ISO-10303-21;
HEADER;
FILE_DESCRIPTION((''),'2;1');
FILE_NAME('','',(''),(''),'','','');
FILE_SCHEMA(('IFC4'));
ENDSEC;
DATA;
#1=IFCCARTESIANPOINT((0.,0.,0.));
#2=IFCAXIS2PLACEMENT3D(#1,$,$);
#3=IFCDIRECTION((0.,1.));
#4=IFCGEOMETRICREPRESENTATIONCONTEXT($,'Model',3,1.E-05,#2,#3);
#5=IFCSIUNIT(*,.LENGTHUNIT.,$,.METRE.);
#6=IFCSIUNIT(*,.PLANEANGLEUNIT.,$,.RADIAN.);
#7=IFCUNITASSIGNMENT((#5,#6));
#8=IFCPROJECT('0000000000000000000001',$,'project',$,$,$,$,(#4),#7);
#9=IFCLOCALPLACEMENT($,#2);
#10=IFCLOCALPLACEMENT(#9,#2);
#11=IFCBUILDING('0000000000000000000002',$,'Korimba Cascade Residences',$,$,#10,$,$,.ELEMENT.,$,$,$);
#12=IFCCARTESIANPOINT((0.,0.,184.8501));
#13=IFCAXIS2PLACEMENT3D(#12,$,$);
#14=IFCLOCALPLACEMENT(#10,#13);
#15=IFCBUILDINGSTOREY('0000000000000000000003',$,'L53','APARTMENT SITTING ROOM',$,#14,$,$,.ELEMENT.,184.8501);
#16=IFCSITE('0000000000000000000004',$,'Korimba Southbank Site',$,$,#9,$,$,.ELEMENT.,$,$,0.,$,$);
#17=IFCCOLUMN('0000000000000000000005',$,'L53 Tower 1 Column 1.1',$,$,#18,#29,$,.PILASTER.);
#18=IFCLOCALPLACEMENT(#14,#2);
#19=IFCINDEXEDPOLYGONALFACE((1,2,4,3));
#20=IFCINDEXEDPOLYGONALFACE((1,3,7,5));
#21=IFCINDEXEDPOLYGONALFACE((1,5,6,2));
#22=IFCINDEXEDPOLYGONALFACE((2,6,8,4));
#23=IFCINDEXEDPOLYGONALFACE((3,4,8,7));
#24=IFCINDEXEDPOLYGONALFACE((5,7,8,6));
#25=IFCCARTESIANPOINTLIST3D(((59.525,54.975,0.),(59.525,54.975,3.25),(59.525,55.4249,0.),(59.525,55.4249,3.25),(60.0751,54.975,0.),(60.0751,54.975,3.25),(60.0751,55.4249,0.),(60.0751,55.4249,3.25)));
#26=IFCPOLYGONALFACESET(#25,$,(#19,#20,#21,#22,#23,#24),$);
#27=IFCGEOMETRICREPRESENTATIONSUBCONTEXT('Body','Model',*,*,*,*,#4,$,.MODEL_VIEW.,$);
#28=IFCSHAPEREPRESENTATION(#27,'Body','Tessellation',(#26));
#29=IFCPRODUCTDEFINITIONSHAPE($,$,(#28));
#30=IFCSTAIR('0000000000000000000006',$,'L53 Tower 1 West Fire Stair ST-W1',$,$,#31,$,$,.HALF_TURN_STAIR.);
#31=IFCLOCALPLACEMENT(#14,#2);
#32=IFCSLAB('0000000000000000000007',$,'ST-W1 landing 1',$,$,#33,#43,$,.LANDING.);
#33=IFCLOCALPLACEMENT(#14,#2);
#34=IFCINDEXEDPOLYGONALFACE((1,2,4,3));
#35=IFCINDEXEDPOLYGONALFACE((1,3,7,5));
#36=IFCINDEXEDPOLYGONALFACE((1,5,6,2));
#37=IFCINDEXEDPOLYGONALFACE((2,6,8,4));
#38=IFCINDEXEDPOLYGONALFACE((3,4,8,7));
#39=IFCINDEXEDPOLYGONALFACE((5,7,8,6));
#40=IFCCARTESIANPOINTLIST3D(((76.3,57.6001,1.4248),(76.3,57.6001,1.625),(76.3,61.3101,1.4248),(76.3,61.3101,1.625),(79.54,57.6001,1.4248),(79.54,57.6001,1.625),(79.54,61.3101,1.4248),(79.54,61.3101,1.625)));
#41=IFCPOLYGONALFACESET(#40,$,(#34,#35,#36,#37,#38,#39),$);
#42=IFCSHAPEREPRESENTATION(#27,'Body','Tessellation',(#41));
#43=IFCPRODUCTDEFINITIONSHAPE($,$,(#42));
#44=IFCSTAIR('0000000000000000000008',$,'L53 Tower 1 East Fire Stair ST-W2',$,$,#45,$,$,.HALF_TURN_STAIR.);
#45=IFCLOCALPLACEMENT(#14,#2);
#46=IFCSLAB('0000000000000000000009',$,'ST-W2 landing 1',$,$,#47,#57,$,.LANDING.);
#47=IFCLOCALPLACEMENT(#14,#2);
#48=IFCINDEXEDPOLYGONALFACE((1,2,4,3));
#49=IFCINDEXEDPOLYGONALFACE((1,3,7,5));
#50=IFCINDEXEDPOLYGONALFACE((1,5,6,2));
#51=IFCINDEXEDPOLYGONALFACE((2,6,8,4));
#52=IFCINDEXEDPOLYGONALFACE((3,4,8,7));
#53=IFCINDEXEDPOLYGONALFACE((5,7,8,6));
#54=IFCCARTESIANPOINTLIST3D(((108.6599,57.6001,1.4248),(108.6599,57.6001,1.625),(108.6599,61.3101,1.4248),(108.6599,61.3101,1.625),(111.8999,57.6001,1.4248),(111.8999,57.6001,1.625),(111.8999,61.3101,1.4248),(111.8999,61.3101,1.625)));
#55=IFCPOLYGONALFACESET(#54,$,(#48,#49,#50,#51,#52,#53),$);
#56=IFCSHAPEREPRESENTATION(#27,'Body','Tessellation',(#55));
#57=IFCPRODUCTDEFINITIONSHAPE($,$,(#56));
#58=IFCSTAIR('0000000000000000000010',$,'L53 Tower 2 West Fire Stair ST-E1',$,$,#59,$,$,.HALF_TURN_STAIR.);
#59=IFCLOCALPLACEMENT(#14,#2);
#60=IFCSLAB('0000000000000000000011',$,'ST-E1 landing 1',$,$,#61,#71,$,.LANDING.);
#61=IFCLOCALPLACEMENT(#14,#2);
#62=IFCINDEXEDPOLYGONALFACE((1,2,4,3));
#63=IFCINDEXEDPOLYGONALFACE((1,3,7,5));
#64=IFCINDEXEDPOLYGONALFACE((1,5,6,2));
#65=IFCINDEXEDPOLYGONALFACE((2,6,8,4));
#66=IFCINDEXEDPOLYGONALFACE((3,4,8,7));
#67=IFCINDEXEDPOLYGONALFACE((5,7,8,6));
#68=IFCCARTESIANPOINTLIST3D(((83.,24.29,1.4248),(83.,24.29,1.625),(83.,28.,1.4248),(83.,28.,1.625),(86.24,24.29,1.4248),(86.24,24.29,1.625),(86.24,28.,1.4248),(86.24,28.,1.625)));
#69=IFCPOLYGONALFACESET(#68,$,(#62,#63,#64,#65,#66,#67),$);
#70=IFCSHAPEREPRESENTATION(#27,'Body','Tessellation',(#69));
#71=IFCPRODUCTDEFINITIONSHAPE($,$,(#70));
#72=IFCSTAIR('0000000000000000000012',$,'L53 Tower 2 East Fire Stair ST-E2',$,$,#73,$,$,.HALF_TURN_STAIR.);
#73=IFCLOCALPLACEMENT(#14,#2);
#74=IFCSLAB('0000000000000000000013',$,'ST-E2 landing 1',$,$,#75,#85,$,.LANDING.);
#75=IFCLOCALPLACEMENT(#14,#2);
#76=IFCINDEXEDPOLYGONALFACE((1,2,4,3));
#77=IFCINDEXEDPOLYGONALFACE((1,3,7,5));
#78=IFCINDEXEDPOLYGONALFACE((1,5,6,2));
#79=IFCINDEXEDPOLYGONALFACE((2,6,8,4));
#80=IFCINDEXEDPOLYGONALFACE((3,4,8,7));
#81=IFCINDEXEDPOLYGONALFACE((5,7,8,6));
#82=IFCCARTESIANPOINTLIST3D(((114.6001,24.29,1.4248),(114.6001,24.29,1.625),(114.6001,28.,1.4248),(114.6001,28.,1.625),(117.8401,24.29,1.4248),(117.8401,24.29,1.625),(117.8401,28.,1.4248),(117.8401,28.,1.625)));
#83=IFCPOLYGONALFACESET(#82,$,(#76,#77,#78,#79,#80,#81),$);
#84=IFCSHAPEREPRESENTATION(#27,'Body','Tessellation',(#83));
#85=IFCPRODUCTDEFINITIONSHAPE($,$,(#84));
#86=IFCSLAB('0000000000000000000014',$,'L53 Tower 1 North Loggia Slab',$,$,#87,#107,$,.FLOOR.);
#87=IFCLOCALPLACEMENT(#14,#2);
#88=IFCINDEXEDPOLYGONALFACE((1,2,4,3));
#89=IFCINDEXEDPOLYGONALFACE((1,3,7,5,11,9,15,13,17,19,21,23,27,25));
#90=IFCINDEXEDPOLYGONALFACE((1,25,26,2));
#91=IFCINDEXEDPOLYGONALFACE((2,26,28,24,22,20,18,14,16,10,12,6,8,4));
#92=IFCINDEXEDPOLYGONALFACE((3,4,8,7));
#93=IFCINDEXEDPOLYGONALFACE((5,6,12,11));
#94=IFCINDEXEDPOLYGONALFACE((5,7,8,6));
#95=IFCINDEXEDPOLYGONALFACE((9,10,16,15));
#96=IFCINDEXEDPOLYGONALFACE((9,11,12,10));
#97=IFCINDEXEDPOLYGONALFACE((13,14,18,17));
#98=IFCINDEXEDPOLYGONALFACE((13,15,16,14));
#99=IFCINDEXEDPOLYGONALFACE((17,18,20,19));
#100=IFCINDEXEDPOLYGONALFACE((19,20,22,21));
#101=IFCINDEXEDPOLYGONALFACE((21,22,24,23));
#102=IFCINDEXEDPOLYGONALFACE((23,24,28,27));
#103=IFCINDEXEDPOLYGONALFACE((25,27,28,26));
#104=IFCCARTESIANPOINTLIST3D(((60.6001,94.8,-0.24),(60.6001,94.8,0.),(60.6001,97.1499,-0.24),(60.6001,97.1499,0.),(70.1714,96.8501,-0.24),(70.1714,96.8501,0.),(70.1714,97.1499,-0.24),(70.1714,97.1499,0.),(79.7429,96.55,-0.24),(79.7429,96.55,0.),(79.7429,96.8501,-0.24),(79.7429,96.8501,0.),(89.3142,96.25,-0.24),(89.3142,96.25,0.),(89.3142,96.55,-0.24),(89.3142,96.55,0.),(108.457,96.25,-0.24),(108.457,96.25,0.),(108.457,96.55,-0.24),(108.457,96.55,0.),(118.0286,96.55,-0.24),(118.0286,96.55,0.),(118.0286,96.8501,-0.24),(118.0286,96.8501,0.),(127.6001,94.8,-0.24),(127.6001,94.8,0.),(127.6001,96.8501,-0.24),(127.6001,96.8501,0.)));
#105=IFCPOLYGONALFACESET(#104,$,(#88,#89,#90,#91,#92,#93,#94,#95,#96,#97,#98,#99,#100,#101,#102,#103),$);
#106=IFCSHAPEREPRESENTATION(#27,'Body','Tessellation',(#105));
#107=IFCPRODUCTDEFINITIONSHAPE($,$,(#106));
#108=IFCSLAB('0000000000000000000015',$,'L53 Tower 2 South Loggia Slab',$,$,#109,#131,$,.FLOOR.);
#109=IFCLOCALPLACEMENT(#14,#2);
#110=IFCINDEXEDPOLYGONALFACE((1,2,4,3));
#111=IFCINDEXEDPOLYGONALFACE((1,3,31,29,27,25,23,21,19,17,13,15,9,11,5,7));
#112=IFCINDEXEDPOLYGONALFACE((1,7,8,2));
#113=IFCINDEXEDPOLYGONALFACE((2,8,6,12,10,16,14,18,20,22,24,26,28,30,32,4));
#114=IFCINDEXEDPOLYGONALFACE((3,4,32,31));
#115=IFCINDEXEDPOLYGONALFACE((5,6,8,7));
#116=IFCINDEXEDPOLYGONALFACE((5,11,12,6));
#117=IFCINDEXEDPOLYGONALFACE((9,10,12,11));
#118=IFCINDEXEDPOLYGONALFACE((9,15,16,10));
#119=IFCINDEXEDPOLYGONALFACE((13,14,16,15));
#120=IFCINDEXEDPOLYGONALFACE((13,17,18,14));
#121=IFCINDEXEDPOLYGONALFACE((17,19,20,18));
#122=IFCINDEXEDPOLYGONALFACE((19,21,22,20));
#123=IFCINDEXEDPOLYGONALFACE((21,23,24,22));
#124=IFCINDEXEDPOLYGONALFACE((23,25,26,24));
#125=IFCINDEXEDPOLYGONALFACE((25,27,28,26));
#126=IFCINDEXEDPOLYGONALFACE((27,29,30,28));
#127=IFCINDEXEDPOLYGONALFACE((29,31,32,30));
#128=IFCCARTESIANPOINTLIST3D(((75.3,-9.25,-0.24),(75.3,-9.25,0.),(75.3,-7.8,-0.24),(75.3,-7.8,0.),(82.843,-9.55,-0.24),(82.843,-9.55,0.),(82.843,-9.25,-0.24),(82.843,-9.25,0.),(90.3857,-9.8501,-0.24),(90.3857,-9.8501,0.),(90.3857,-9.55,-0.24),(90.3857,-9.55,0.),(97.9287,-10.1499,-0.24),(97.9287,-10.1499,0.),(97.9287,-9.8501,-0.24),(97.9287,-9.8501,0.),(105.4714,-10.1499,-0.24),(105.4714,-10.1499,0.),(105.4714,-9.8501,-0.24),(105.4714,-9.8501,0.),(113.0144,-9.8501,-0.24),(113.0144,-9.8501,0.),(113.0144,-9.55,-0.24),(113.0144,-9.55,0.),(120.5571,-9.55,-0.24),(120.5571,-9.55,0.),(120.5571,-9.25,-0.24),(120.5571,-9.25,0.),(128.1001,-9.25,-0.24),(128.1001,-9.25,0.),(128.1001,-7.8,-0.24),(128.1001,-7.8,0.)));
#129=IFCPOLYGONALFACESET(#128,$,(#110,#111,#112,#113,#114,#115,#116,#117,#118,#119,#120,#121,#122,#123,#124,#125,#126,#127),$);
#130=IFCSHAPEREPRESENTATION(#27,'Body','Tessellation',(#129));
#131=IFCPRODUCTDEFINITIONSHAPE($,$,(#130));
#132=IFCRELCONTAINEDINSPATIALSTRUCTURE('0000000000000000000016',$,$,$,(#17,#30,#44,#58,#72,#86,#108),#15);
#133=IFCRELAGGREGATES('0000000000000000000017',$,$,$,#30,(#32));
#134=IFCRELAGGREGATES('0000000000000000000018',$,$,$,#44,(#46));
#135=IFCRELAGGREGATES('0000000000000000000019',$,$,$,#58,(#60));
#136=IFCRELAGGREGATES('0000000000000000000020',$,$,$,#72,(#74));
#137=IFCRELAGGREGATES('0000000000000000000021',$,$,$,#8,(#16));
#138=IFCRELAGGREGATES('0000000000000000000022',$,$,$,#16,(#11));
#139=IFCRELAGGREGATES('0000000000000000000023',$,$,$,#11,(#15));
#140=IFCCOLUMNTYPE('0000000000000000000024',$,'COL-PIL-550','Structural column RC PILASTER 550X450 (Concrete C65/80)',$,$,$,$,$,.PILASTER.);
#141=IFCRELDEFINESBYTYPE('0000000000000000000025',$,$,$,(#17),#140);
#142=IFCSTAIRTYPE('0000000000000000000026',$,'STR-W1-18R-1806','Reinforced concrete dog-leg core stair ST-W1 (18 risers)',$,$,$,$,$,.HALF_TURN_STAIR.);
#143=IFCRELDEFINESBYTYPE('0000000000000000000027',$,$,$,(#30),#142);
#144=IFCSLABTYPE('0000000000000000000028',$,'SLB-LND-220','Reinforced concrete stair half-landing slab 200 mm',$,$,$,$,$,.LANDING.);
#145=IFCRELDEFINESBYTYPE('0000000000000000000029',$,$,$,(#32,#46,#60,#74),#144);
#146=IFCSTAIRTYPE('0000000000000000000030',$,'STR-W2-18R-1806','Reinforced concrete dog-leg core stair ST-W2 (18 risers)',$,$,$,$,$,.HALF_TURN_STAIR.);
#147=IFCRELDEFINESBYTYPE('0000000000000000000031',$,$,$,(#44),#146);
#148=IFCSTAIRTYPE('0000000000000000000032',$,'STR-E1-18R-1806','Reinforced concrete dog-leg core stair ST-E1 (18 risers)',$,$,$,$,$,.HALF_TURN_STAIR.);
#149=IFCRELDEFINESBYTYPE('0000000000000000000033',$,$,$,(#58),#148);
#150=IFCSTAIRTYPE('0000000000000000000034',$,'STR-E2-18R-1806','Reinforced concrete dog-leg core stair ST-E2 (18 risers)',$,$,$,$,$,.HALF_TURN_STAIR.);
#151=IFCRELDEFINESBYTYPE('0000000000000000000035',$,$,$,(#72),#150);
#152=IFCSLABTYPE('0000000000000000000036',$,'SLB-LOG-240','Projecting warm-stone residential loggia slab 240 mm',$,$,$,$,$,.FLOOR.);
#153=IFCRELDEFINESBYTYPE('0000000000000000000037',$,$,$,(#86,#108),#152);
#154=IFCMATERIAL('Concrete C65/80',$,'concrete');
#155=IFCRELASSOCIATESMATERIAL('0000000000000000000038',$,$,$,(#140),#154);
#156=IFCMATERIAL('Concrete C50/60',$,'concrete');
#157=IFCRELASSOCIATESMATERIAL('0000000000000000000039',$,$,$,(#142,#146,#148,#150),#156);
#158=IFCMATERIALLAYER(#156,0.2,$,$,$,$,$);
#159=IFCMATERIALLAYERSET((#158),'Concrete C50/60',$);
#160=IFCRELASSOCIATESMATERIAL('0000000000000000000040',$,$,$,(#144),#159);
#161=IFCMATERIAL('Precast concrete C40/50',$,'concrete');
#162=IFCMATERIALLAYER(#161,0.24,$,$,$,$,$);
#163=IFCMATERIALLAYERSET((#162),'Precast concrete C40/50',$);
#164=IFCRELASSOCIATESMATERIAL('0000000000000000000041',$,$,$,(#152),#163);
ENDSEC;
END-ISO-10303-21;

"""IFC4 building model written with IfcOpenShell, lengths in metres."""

from ifc_helpers import new_model, si_unit, direction, frame, origin, origin_2d, place, context, subcontext, project, spatial, polyline, rectangle, outline, extrude, material, layer, layer_set, material_profile, profile_set, type_object, element, aggregate, save


model = new_model("IFC4")

# Units and contexts
model_context = context("Model", 3, precision=1e-05, world=origin(), true_north=direction((0.0, 1.0)))
body_context = subcontext(model_context, "Body", "Model", "MODEL_VIEW")
ifc_project = project(units=[si_unit("LENGTHUNIT", "METRE"), si_unit("PLANEANGLEUNIT", "RADIAN")], contexts=[model_context])

# Site, building, storey
site_placement = place(None, origin())
site = spatial("IfcSite", under=ifc_project, at=site_placement, Name="Korimba Southbank Site", CompositionType="ELEMENT", RefElevation=0.0)
building_placement = place(site_placement, origin())
building = spatial("IfcBuilding", under=site, at=building_placement, Name="Korimba Cascade Residences", CompositionType="ELEMENT")
storey_placement = place(building_placement, frame((0.0, 0.0, 184.8501)))
storey = spatial("IfcBuildingStorey", under=building, at=storey_placement, Name="L53", Description="APARTMENT SITTING ROOM", CompositionType="ELEMENT", Elevation=184.8501)

# Column
ifc_material_1 = material(Name="Concrete C65/80", Category="concrete")
ifc_material_profile = material_profile(ifc_material_1, rectangle(XDim=0.55, YDim=0.45, at=origin_2d()), Name="Concrete C65/80")
ifc_profile_set = profile_set([ifc_material_profile], Name="Concrete C65/80")
column_type = type_object("IfcColumnType", Name="COL-PIL-550", Description="Structural column RC PILASTER 550X450 (Concrete C65/80)", PredefinedType="PILASTER", material=ifc_profile_set)
column_placement = place(storey_placement, frame((59.8, 55.2, 0.0), z_axis=(0.0, 0.0, 1.0), x_axis=(1.0, 0.0, 0.0)))
element("IfcColumn", 1, at=column_placement, inside=storey, type_object=column_type, Name="L53 Tower 1 Column 1.1", PredefinedType="PILASTER", context=body_context, shape_type="SweptSolid", body=[
    extrude(rectangle(XDim=0.55, YDim=0.45, at=origin_2d()), origin(), (0.0, 0.0, 1.0), 3.25),
])

# Stairs, slabs
ifc_material_2 = material(Name="Concrete C50/60", Category="concrete")
stair_type_1 = type_object("IfcStairType", Name="STR-W1-18R-1806", Description="Reinforced concrete dog-leg core stair ST-W1 (18 risers)", PredefinedType="HALF_TURN_STAIR", material=ifc_material_2)
stair_1_placement = place(storey_placement, origin())
stair_1 = element("IfcStair", 2, at=stair_1_placement, inside=storey, type_object=stair_type_1, Name="L53 Tower 1 West Fire Stair ST-W1", PredefinedType="HALF_TURN_STAIR")
ifc_layer_1 = layer(ifc_material_2, 0.2)
ifc_layer_set_1 = layer_set([ifc_layer_1], Name="Concrete C50/60")
slab_type_1 = type_object("IfcSlabType", Name="SLB-LND-220", Description="Reinforced concrete stair half-landing slab 200 mm", PredefinedType="LANDING", material=ifc_layer_set_1)
slab_1_placement = place(storey_placement, frame((0.0, 0.0, 1.4248)))
slab_1 = element("IfcSlab", 3, at=slab_1_placement, type_object=slab_type_1, Name="ST-W1 landing 1", PredefinedType="LANDING", context=body_context, shape_type="SweptSolid", body=[
    extrude(outline(polyline([(76.3, 61.3101), (76.3, 57.6001), (79.54, 57.6001), (79.54, 61.3101), (76.3, 61.3101)])), origin(), (0.0, 0.0, 1.0), 0.2002),
])
aggregate(stair_1, [slab_1])
stair_type_2 = type_object("IfcStairType", Name="STR-W2-18R-1806", Description="Reinforced concrete dog-leg core stair ST-W2 (18 risers)", PredefinedType="HALF_TURN_STAIR", material=ifc_material_2)
stair_2_placement = place(storey_placement, origin())
stair_2 = element("IfcStair", 4, at=stair_2_placement, inside=storey, type_object=stair_type_2, Name="L53 Tower 1 East Fire Stair ST-W2", PredefinedType="HALF_TURN_STAIR")
slab_2_placement = place(storey_placement, frame((0.0, 0.0, 1.4248)))
slab_2 = element("IfcSlab", 5, at=slab_2_placement, type_object=slab_type_1, Name="ST-W2 landing 1", PredefinedType="LANDING", context=body_context, shape_type="SweptSolid", body=[
    extrude(outline(polyline([(108.6599, 61.3101), (108.6599, 57.6001), (111.8999, 57.6001), (111.8999, 61.3101), (108.6599, 61.3101)])), origin(), (0.0, 0.0, 1.0), 0.2002),
])
aggregate(stair_2, [slab_2])
stair_type_3 = type_object("IfcStairType", Name="STR-E1-18R-1806", Description="Reinforced concrete dog-leg core stair ST-E1 (18 risers)", PredefinedType="HALF_TURN_STAIR", material=ifc_material_2)
stair_3_placement = place(storey_placement, origin())
stair_3 = element("IfcStair", 6, at=stair_3_placement, inside=storey, type_object=stair_type_3, Name="L53 Tower 2 West Fire Stair ST-E1", PredefinedType="HALF_TURN_STAIR")
slab_3_placement = place(storey_placement, frame((0.0, 0.0, 1.4248)))
slab_3 = element("IfcSlab", 7, at=slab_3_placement, type_object=slab_type_1, Name="ST-E1 landing 1", PredefinedType="LANDING", context=body_context, shape_type="SweptSolid", body=[
    extrude(outline(polyline([(86.24, 24.29), (86.24, 28.0), (83.0, 28.0), (83.0, 24.29), (86.24, 24.29)])), origin(), (0.0, 0.0, 1.0), 0.2002),
])
aggregate(stair_3, [slab_3])
stair_type_4 = type_object("IfcStairType", Name="STR-E2-18R-1806", Description="Reinforced concrete dog-leg core stair ST-E2 (18 risers)", PredefinedType="HALF_TURN_STAIR", material=ifc_material_2)
stair_4_placement = place(storey_placement, origin())
stair_4 = element("IfcStair", 8, at=stair_4_placement, inside=storey, type_object=stair_type_4, Name="L53 Tower 2 East Fire Stair ST-E2", PredefinedType="HALF_TURN_STAIR")
slab_4_placement = place(storey_placement, frame((0.0, 0.0, 1.4248)))
slab_4 = element("IfcSlab", 9, at=slab_4_placement, type_object=slab_type_1, Name="ST-E2 landing 1", PredefinedType="LANDING", context=body_context, shape_type="SweptSolid", body=[
    extrude(outline(polyline([(117.8401, 24.29), (117.8401, 28.0), (114.6001, 28.0), (114.6001, 24.29), (117.8401, 24.29)])), origin(), (0.0, 0.0, 1.0), 0.2002),
])
aggregate(stair_4, [slab_4])

# Slabs
ifc_material_3 = material(Name="Precast concrete C40/50", Category="concrete")
ifc_layer_2 = layer(ifc_material_3, 0.24)
ifc_layer_set_2 = layer_set([ifc_layer_2], Name="Precast concrete C40/50")
slab_type_2 = type_object("IfcSlabType", Name="SLB-LOG-240", Description="Projecting warm-stone residential loggia slab 240 mm", PredefinedType="FLOOR", material=ifc_layer_set_2)
slab_5_placement = place(storey_placement, frame((0.0, 0.0, -0.24)))
element("IfcSlab", 10, at=slab_5_placement, inside=storey, type_object=slab_type_2, Name="L53 Tower 1 North Loggia Slab", PredefinedType="FLOOR", context=body_context, shape_type="SweptSolid", body=[
    extrude(outline(polyline([(60.6001, 94.8), (127.6001, 94.8), (127.6001, 96.8501), (118.0286, 96.8501), (118.0286, 96.55), (108.457, 96.55), (108.457, 96.25), (89.3142, 96.25), (89.3142, 96.55), (79.7429, 96.55), (79.7429, 96.8501), (70.1714, 96.8501), (70.1714, 97.1499), (60.6001, 97.1499), (60.6001, 94.8)])), origin(), (0.0, 0.0, 1.0), 0.24),
])
slab_6_placement = place(storey_placement, frame((0.0, 0.0, -0.24)))
element("IfcSlab", 11, at=slab_6_placement, inside=storey, type_object=slab_type_2, Name="L53 Tower 2 South Loggia Slab", PredefinedType="FLOOR", context=body_context, shape_type="SweptSolid", body=[
    extrude(outline(polyline([(75.3, -9.25), (82.843, -9.25), (82.843, -9.55), (90.3857, -9.55), (90.3857, -9.8501), (97.9287, -9.8501), (97.9287, -10.1499), (105.4714, -10.1499), (105.4714, -9.8501), (113.0144, -9.8501), (113.0144, -9.55), (120.5571, -9.55), (120.5571, -9.25), (128.1001, -9.25), (128.1001, -7.8), (75.3, -7.8), (75.3, -9.25)])), origin(), (0.0, 0.0, 1.0), 0.24),
])

save(model, "model.ifc")
